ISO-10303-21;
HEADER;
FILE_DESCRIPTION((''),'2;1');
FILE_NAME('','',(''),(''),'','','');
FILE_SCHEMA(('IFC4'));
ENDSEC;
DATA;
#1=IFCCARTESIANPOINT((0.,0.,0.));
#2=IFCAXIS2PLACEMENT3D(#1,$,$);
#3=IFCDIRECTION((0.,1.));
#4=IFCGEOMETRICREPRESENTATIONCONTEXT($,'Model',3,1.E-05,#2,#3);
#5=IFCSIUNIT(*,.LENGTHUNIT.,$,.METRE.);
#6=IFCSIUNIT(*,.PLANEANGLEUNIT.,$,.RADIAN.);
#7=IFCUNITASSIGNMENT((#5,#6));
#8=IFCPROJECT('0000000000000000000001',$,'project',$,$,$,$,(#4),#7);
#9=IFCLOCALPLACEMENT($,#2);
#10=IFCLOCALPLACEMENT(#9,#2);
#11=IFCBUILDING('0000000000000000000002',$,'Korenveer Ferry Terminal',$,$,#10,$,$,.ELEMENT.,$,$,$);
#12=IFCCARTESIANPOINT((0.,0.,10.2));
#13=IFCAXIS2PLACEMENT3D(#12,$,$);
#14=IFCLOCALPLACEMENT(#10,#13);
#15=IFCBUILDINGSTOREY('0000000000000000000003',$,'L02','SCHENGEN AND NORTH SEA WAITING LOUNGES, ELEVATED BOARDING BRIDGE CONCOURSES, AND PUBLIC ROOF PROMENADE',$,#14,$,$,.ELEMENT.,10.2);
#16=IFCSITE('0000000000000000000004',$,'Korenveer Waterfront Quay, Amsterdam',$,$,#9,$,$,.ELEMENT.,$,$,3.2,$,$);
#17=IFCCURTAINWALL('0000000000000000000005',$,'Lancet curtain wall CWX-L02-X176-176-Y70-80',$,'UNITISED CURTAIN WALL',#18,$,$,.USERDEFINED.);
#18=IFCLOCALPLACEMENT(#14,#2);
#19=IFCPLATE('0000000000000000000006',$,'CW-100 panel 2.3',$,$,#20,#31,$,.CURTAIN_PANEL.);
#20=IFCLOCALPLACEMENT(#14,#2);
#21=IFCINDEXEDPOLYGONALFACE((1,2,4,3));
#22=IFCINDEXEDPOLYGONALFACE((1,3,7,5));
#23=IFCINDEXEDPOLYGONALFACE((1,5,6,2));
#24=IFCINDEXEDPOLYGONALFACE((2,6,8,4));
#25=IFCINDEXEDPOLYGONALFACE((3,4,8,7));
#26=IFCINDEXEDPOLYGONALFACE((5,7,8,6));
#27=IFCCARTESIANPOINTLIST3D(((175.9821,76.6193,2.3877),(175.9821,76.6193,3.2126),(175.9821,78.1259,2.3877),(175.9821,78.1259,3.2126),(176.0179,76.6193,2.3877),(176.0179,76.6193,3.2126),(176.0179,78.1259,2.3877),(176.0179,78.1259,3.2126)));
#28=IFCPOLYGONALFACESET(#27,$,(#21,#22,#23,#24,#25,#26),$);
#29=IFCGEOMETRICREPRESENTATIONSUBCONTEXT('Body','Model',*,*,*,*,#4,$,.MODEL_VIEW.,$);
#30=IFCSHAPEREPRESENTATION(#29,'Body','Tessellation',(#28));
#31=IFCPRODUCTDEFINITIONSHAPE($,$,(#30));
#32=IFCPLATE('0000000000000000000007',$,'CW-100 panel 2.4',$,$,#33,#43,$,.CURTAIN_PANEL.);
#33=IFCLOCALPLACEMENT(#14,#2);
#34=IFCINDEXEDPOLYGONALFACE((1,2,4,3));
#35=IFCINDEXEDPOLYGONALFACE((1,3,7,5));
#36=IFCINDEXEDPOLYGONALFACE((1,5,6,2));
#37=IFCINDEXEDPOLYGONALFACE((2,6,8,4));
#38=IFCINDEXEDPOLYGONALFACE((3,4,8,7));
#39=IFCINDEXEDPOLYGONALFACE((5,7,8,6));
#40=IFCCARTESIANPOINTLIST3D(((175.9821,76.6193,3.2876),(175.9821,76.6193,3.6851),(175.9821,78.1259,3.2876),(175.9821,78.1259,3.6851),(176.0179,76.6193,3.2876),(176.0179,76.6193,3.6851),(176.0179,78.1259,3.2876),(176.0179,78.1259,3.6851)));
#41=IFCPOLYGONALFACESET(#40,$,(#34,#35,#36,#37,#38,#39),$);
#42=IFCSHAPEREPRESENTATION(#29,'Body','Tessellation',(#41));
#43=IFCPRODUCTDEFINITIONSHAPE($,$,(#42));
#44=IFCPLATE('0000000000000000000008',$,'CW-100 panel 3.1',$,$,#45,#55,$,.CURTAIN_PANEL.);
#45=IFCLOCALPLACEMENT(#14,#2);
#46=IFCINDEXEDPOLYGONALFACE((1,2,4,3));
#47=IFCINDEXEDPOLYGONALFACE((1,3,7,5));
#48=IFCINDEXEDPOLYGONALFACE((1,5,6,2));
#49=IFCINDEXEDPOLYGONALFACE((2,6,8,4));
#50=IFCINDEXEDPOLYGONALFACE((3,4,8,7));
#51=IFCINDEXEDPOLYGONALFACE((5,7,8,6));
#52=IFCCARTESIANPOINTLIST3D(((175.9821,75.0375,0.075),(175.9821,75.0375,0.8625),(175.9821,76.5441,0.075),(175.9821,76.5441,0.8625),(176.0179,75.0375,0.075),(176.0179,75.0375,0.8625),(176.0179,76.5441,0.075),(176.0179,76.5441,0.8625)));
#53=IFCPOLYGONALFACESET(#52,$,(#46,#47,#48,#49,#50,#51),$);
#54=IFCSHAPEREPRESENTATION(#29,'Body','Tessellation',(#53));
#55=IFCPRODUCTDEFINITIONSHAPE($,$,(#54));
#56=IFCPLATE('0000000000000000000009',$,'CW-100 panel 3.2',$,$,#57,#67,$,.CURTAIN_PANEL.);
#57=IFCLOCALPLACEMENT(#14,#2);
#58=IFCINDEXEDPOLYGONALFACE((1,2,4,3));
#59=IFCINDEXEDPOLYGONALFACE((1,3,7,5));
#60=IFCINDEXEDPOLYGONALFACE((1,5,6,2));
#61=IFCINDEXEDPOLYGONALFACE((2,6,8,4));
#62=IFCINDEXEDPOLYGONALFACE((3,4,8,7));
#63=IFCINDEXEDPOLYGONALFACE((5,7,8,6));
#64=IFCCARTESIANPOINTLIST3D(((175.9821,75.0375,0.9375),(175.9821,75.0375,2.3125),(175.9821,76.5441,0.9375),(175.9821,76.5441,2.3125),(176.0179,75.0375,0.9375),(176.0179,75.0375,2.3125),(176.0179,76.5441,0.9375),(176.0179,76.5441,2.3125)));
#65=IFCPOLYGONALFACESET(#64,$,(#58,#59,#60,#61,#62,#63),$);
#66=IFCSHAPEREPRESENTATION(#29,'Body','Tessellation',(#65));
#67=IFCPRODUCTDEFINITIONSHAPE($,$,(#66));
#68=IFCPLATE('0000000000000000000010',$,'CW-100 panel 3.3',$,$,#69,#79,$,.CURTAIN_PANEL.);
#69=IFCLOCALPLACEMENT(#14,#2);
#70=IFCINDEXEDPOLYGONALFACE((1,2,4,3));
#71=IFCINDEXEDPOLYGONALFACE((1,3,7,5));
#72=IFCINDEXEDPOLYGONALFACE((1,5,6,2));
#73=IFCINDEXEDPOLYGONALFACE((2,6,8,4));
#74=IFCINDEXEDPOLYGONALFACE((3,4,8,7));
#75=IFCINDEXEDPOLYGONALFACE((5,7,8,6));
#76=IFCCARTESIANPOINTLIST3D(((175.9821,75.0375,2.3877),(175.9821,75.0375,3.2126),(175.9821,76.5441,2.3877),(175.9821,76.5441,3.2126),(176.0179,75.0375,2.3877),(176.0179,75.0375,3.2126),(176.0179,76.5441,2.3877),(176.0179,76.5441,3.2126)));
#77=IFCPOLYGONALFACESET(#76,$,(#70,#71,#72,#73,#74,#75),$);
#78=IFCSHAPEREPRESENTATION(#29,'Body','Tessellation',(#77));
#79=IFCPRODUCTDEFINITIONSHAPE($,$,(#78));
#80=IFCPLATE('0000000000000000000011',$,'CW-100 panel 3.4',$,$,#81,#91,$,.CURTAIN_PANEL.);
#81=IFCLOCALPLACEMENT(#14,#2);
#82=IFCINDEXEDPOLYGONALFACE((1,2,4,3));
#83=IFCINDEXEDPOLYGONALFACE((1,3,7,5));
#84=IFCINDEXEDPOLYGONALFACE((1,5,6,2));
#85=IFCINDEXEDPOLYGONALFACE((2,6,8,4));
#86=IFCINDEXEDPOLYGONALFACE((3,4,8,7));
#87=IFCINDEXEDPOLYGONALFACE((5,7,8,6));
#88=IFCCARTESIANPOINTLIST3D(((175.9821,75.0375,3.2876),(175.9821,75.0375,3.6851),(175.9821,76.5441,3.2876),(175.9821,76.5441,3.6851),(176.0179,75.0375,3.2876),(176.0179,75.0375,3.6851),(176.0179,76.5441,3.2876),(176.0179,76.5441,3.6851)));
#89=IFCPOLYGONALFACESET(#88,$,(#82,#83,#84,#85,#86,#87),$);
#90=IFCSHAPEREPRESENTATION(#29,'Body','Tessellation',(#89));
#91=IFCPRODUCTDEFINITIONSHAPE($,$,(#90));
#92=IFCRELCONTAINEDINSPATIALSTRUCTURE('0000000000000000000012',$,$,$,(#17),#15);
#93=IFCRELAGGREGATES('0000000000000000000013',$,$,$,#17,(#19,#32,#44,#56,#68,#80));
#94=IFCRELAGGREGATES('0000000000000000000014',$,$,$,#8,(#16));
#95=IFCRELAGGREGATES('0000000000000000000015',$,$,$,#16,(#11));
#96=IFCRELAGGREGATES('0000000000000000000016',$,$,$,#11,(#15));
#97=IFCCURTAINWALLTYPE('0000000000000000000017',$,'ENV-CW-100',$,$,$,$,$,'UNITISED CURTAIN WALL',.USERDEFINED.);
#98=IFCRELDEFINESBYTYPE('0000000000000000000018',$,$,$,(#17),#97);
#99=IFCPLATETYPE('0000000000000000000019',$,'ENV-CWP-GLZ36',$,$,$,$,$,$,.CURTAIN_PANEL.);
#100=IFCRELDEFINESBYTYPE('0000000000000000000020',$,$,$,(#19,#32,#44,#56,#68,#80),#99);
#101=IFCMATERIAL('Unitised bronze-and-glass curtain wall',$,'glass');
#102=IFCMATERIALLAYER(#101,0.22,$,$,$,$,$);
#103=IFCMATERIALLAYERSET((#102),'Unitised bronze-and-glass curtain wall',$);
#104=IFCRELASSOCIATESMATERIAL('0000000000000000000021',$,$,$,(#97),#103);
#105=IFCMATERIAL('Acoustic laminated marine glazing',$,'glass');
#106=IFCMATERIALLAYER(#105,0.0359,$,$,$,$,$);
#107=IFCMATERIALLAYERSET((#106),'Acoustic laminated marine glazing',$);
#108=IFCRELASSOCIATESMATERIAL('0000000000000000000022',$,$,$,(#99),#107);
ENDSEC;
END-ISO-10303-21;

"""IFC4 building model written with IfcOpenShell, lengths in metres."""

from ifc_helpers import new_model, si_unit, direction, frame, origin, origin_2d, place, context, subcontext, project, spatial, rectangle, extrude, material, layer, layer_set, type_object, element, aggregate, save


model = new_model("IFC4")

# Units and contexts
model_context = context("Model", 3, precision=1e-05, world=origin(), true_north=direction((0.0, 1.0)))
body_context = subcontext(model_context, "Body", "Model", "MODEL_VIEW")
ifc_project = project(units=[si_unit("LENGTHUNIT", "METRE"), si_unit("PLANEANGLEUNIT", "RADIAN")], contexts=[model_context])

# Site, building, storey
site_placement = place(None, origin())
site = spatial("IfcSite", under=ifc_project, at=site_placement, Name="Korenveer Waterfront Quay, Amsterdam", CompositionType="ELEMENT", RefElevation=3.2)
building_placement = place(site_placement, origin())
building = spatial("IfcBuilding", under=site, at=building_placement, Name="Korenveer Ferry Terminal", CompositionType="ELEMENT")
storey_placement = place(building_placement, frame((0.0, 0.0, 10.2)))
storey = spatial("IfcBuildingStorey", under=building, at=storey_placement, Name="L02", Description="SCHENGEN AND NORTH SEA WAITING LOUNGES, ELEVATED BOARDING BRIDGE CONCOURSES, AND PUBLIC ROOF PROMENADE", CompositionType="ELEMENT", Elevation=10.2)

# Curtain wall, plates
ifc_material_1 = material(Name="Unitised bronze-and-glass curtain wall", Category="glass")
ifc_layer_1 = layer(ifc_material_1, 0.22)
ifc_layer_set_1 = layer_set([ifc_layer_1], Name="Unitised bronze-and-glass curtain wall")
curtain_wall_type = type_object("IfcCurtainWallType", Name="ENV-CW-100", ElementType="UNITISED CURTAIN WALL", PredefinedType="USERDEFINED", material=ifc_layer_set_1)
curtain_wall_placement = place(storey_placement, frame((176.0, 79.7451, 0.0)))
curtain_wall = element("IfcCurtainWall", 1, at=curtain_wall_placement, inside=storey, type_object=curtain_wall_type, Name="Lancet curtain wall CWX-L02-X176-176-Y70-80", ObjectType="UNITISED CURTAIN WALL", PredefinedType="USERDEFINED")
ifc_material_2 = material(Name="Acoustic laminated marine glazing", Category="glass")
ifc_layer_2 = layer(ifc_material_2, 0.0359)
ifc_layer_set_2 = layer_set([ifc_layer_2], Name="Acoustic laminated marine glazing")
plate_type = type_object("IfcPlateType", Name="ENV-CWP-GLZ36", PredefinedType="CURTAIN_PANEL", material=ifc_layer_set_2)
plate_1_placement = place(storey_placement, frame((176.0, 77.3726, 2.3877), z_axis=(0.0, 0.0, 1.0), x_axis=(0.0, -1.0, 0.0)))
plate_1 = element("IfcPlate", 2, at=plate_1_placement, type_object=plate_type, Name="CW-100 panel 2.3", PredefinedType="CURTAIN_PANEL", context=body_context, shape_type="SweptSolid", body=[
    extrude(rectangle(XDim=1.5066, YDim=0.0359, at=origin_2d()), origin(), (0.0, 0.0, 1.0), 0.825),
])
plate_2_placement = place(storey_placement, frame((176.0, 77.3726, 3.2876), z_axis=(0.0, 0.0, 1.0), x_axis=(0.0, -1.0, 0.0)))
plate_2 = element("IfcPlate", 3, at=plate_2_placement, type_object=plate_type, Name="CW-100 panel 2.4", PredefinedType="CURTAIN_PANEL", context=body_context, shape_type="SweptSolid", body=[
    extrude(rectangle(XDim=1.5066, YDim=0.0359, at=origin_2d()), origin(), (0.0, 0.0, 1.0), 0.3975),
])
plate_3_placement = place(storey_placement, frame((176.0, 75.7908, 0.075), z_axis=(0.0, 0.0, 1.0), x_axis=(0.0, -1.0, 0.0)))
plate_3 = element("IfcPlate", 4, at=plate_3_placement, type_object=plate_type, Name="CW-100 panel 3.1", PredefinedType="CURTAIN_PANEL", context=body_context, shape_type="SweptSolid", body=[
    extrude(rectangle(XDim=1.5066, YDim=0.0359, at=origin_2d()), origin(), (0.0, 0.0, 1.0), 0.7876),
])
plate_4_placement = place(storey_placement, frame((176.0, 75.7908, 0.9375), z_axis=(0.0, 0.0, 1.0), x_axis=(0.0, -1.0, 0.0)))
plate_4 = element("IfcPlate", 5, at=plate_4_placement, type_object=plate_type, Name="CW-100 panel 3.2", PredefinedType="CURTAIN_PANEL", context=body_context, shape_type="SweptSolid", body=[
    extrude(rectangle(XDim=1.5066, YDim=0.0359, at=origin_2d()), origin(), (0.0, 0.0, 1.0), 1.375),
])
plate_5_placement = place(storey_placement, frame((176.0, 75.7908, 2.3877), z_axis=(0.0, 0.0, 1.0), x_axis=(0.0, -1.0, 0.0)))
plate_5 = element("IfcPlate", 6, at=plate_5_placement, type_object=plate_type, Name="CW-100 panel 3.3", PredefinedType="CURTAIN_PANEL", context=body_context, shape_type="SweptSolid", body=[
    extrude(rectangle(XDim=1.5066, YDim=0.0359, at=origin_2d()), origin(), (0.0, 0.0, 1.0), 0.825),
])
plate_6_placement = place(storey_placement, frame((176.0, 75.7908, 3.2876), z_axis=(0.0, 0.0, 1.0), x_axis=(0.0, -1.0, 0.0)))
plate_6 = element("IfcPlate", 7, at=plate_6_placement, type_object=plate_type, Name="CW-100 panel 3.4", PredefinedType="CURTAIN_PANEL", context=body_context, shape_type="SweptSolid", body=[
    extrude(rectangle(XDim=1.5066, YDim=0.0359, at=origin_2d()), origin(), (0.0, 0.0, 1.0), 0.3975),
])
aggregate(curtain_wall, [plate_1, plate_2, plate_3, plate_4, plate_5, plate_6])

save(model, "model.ifc")
